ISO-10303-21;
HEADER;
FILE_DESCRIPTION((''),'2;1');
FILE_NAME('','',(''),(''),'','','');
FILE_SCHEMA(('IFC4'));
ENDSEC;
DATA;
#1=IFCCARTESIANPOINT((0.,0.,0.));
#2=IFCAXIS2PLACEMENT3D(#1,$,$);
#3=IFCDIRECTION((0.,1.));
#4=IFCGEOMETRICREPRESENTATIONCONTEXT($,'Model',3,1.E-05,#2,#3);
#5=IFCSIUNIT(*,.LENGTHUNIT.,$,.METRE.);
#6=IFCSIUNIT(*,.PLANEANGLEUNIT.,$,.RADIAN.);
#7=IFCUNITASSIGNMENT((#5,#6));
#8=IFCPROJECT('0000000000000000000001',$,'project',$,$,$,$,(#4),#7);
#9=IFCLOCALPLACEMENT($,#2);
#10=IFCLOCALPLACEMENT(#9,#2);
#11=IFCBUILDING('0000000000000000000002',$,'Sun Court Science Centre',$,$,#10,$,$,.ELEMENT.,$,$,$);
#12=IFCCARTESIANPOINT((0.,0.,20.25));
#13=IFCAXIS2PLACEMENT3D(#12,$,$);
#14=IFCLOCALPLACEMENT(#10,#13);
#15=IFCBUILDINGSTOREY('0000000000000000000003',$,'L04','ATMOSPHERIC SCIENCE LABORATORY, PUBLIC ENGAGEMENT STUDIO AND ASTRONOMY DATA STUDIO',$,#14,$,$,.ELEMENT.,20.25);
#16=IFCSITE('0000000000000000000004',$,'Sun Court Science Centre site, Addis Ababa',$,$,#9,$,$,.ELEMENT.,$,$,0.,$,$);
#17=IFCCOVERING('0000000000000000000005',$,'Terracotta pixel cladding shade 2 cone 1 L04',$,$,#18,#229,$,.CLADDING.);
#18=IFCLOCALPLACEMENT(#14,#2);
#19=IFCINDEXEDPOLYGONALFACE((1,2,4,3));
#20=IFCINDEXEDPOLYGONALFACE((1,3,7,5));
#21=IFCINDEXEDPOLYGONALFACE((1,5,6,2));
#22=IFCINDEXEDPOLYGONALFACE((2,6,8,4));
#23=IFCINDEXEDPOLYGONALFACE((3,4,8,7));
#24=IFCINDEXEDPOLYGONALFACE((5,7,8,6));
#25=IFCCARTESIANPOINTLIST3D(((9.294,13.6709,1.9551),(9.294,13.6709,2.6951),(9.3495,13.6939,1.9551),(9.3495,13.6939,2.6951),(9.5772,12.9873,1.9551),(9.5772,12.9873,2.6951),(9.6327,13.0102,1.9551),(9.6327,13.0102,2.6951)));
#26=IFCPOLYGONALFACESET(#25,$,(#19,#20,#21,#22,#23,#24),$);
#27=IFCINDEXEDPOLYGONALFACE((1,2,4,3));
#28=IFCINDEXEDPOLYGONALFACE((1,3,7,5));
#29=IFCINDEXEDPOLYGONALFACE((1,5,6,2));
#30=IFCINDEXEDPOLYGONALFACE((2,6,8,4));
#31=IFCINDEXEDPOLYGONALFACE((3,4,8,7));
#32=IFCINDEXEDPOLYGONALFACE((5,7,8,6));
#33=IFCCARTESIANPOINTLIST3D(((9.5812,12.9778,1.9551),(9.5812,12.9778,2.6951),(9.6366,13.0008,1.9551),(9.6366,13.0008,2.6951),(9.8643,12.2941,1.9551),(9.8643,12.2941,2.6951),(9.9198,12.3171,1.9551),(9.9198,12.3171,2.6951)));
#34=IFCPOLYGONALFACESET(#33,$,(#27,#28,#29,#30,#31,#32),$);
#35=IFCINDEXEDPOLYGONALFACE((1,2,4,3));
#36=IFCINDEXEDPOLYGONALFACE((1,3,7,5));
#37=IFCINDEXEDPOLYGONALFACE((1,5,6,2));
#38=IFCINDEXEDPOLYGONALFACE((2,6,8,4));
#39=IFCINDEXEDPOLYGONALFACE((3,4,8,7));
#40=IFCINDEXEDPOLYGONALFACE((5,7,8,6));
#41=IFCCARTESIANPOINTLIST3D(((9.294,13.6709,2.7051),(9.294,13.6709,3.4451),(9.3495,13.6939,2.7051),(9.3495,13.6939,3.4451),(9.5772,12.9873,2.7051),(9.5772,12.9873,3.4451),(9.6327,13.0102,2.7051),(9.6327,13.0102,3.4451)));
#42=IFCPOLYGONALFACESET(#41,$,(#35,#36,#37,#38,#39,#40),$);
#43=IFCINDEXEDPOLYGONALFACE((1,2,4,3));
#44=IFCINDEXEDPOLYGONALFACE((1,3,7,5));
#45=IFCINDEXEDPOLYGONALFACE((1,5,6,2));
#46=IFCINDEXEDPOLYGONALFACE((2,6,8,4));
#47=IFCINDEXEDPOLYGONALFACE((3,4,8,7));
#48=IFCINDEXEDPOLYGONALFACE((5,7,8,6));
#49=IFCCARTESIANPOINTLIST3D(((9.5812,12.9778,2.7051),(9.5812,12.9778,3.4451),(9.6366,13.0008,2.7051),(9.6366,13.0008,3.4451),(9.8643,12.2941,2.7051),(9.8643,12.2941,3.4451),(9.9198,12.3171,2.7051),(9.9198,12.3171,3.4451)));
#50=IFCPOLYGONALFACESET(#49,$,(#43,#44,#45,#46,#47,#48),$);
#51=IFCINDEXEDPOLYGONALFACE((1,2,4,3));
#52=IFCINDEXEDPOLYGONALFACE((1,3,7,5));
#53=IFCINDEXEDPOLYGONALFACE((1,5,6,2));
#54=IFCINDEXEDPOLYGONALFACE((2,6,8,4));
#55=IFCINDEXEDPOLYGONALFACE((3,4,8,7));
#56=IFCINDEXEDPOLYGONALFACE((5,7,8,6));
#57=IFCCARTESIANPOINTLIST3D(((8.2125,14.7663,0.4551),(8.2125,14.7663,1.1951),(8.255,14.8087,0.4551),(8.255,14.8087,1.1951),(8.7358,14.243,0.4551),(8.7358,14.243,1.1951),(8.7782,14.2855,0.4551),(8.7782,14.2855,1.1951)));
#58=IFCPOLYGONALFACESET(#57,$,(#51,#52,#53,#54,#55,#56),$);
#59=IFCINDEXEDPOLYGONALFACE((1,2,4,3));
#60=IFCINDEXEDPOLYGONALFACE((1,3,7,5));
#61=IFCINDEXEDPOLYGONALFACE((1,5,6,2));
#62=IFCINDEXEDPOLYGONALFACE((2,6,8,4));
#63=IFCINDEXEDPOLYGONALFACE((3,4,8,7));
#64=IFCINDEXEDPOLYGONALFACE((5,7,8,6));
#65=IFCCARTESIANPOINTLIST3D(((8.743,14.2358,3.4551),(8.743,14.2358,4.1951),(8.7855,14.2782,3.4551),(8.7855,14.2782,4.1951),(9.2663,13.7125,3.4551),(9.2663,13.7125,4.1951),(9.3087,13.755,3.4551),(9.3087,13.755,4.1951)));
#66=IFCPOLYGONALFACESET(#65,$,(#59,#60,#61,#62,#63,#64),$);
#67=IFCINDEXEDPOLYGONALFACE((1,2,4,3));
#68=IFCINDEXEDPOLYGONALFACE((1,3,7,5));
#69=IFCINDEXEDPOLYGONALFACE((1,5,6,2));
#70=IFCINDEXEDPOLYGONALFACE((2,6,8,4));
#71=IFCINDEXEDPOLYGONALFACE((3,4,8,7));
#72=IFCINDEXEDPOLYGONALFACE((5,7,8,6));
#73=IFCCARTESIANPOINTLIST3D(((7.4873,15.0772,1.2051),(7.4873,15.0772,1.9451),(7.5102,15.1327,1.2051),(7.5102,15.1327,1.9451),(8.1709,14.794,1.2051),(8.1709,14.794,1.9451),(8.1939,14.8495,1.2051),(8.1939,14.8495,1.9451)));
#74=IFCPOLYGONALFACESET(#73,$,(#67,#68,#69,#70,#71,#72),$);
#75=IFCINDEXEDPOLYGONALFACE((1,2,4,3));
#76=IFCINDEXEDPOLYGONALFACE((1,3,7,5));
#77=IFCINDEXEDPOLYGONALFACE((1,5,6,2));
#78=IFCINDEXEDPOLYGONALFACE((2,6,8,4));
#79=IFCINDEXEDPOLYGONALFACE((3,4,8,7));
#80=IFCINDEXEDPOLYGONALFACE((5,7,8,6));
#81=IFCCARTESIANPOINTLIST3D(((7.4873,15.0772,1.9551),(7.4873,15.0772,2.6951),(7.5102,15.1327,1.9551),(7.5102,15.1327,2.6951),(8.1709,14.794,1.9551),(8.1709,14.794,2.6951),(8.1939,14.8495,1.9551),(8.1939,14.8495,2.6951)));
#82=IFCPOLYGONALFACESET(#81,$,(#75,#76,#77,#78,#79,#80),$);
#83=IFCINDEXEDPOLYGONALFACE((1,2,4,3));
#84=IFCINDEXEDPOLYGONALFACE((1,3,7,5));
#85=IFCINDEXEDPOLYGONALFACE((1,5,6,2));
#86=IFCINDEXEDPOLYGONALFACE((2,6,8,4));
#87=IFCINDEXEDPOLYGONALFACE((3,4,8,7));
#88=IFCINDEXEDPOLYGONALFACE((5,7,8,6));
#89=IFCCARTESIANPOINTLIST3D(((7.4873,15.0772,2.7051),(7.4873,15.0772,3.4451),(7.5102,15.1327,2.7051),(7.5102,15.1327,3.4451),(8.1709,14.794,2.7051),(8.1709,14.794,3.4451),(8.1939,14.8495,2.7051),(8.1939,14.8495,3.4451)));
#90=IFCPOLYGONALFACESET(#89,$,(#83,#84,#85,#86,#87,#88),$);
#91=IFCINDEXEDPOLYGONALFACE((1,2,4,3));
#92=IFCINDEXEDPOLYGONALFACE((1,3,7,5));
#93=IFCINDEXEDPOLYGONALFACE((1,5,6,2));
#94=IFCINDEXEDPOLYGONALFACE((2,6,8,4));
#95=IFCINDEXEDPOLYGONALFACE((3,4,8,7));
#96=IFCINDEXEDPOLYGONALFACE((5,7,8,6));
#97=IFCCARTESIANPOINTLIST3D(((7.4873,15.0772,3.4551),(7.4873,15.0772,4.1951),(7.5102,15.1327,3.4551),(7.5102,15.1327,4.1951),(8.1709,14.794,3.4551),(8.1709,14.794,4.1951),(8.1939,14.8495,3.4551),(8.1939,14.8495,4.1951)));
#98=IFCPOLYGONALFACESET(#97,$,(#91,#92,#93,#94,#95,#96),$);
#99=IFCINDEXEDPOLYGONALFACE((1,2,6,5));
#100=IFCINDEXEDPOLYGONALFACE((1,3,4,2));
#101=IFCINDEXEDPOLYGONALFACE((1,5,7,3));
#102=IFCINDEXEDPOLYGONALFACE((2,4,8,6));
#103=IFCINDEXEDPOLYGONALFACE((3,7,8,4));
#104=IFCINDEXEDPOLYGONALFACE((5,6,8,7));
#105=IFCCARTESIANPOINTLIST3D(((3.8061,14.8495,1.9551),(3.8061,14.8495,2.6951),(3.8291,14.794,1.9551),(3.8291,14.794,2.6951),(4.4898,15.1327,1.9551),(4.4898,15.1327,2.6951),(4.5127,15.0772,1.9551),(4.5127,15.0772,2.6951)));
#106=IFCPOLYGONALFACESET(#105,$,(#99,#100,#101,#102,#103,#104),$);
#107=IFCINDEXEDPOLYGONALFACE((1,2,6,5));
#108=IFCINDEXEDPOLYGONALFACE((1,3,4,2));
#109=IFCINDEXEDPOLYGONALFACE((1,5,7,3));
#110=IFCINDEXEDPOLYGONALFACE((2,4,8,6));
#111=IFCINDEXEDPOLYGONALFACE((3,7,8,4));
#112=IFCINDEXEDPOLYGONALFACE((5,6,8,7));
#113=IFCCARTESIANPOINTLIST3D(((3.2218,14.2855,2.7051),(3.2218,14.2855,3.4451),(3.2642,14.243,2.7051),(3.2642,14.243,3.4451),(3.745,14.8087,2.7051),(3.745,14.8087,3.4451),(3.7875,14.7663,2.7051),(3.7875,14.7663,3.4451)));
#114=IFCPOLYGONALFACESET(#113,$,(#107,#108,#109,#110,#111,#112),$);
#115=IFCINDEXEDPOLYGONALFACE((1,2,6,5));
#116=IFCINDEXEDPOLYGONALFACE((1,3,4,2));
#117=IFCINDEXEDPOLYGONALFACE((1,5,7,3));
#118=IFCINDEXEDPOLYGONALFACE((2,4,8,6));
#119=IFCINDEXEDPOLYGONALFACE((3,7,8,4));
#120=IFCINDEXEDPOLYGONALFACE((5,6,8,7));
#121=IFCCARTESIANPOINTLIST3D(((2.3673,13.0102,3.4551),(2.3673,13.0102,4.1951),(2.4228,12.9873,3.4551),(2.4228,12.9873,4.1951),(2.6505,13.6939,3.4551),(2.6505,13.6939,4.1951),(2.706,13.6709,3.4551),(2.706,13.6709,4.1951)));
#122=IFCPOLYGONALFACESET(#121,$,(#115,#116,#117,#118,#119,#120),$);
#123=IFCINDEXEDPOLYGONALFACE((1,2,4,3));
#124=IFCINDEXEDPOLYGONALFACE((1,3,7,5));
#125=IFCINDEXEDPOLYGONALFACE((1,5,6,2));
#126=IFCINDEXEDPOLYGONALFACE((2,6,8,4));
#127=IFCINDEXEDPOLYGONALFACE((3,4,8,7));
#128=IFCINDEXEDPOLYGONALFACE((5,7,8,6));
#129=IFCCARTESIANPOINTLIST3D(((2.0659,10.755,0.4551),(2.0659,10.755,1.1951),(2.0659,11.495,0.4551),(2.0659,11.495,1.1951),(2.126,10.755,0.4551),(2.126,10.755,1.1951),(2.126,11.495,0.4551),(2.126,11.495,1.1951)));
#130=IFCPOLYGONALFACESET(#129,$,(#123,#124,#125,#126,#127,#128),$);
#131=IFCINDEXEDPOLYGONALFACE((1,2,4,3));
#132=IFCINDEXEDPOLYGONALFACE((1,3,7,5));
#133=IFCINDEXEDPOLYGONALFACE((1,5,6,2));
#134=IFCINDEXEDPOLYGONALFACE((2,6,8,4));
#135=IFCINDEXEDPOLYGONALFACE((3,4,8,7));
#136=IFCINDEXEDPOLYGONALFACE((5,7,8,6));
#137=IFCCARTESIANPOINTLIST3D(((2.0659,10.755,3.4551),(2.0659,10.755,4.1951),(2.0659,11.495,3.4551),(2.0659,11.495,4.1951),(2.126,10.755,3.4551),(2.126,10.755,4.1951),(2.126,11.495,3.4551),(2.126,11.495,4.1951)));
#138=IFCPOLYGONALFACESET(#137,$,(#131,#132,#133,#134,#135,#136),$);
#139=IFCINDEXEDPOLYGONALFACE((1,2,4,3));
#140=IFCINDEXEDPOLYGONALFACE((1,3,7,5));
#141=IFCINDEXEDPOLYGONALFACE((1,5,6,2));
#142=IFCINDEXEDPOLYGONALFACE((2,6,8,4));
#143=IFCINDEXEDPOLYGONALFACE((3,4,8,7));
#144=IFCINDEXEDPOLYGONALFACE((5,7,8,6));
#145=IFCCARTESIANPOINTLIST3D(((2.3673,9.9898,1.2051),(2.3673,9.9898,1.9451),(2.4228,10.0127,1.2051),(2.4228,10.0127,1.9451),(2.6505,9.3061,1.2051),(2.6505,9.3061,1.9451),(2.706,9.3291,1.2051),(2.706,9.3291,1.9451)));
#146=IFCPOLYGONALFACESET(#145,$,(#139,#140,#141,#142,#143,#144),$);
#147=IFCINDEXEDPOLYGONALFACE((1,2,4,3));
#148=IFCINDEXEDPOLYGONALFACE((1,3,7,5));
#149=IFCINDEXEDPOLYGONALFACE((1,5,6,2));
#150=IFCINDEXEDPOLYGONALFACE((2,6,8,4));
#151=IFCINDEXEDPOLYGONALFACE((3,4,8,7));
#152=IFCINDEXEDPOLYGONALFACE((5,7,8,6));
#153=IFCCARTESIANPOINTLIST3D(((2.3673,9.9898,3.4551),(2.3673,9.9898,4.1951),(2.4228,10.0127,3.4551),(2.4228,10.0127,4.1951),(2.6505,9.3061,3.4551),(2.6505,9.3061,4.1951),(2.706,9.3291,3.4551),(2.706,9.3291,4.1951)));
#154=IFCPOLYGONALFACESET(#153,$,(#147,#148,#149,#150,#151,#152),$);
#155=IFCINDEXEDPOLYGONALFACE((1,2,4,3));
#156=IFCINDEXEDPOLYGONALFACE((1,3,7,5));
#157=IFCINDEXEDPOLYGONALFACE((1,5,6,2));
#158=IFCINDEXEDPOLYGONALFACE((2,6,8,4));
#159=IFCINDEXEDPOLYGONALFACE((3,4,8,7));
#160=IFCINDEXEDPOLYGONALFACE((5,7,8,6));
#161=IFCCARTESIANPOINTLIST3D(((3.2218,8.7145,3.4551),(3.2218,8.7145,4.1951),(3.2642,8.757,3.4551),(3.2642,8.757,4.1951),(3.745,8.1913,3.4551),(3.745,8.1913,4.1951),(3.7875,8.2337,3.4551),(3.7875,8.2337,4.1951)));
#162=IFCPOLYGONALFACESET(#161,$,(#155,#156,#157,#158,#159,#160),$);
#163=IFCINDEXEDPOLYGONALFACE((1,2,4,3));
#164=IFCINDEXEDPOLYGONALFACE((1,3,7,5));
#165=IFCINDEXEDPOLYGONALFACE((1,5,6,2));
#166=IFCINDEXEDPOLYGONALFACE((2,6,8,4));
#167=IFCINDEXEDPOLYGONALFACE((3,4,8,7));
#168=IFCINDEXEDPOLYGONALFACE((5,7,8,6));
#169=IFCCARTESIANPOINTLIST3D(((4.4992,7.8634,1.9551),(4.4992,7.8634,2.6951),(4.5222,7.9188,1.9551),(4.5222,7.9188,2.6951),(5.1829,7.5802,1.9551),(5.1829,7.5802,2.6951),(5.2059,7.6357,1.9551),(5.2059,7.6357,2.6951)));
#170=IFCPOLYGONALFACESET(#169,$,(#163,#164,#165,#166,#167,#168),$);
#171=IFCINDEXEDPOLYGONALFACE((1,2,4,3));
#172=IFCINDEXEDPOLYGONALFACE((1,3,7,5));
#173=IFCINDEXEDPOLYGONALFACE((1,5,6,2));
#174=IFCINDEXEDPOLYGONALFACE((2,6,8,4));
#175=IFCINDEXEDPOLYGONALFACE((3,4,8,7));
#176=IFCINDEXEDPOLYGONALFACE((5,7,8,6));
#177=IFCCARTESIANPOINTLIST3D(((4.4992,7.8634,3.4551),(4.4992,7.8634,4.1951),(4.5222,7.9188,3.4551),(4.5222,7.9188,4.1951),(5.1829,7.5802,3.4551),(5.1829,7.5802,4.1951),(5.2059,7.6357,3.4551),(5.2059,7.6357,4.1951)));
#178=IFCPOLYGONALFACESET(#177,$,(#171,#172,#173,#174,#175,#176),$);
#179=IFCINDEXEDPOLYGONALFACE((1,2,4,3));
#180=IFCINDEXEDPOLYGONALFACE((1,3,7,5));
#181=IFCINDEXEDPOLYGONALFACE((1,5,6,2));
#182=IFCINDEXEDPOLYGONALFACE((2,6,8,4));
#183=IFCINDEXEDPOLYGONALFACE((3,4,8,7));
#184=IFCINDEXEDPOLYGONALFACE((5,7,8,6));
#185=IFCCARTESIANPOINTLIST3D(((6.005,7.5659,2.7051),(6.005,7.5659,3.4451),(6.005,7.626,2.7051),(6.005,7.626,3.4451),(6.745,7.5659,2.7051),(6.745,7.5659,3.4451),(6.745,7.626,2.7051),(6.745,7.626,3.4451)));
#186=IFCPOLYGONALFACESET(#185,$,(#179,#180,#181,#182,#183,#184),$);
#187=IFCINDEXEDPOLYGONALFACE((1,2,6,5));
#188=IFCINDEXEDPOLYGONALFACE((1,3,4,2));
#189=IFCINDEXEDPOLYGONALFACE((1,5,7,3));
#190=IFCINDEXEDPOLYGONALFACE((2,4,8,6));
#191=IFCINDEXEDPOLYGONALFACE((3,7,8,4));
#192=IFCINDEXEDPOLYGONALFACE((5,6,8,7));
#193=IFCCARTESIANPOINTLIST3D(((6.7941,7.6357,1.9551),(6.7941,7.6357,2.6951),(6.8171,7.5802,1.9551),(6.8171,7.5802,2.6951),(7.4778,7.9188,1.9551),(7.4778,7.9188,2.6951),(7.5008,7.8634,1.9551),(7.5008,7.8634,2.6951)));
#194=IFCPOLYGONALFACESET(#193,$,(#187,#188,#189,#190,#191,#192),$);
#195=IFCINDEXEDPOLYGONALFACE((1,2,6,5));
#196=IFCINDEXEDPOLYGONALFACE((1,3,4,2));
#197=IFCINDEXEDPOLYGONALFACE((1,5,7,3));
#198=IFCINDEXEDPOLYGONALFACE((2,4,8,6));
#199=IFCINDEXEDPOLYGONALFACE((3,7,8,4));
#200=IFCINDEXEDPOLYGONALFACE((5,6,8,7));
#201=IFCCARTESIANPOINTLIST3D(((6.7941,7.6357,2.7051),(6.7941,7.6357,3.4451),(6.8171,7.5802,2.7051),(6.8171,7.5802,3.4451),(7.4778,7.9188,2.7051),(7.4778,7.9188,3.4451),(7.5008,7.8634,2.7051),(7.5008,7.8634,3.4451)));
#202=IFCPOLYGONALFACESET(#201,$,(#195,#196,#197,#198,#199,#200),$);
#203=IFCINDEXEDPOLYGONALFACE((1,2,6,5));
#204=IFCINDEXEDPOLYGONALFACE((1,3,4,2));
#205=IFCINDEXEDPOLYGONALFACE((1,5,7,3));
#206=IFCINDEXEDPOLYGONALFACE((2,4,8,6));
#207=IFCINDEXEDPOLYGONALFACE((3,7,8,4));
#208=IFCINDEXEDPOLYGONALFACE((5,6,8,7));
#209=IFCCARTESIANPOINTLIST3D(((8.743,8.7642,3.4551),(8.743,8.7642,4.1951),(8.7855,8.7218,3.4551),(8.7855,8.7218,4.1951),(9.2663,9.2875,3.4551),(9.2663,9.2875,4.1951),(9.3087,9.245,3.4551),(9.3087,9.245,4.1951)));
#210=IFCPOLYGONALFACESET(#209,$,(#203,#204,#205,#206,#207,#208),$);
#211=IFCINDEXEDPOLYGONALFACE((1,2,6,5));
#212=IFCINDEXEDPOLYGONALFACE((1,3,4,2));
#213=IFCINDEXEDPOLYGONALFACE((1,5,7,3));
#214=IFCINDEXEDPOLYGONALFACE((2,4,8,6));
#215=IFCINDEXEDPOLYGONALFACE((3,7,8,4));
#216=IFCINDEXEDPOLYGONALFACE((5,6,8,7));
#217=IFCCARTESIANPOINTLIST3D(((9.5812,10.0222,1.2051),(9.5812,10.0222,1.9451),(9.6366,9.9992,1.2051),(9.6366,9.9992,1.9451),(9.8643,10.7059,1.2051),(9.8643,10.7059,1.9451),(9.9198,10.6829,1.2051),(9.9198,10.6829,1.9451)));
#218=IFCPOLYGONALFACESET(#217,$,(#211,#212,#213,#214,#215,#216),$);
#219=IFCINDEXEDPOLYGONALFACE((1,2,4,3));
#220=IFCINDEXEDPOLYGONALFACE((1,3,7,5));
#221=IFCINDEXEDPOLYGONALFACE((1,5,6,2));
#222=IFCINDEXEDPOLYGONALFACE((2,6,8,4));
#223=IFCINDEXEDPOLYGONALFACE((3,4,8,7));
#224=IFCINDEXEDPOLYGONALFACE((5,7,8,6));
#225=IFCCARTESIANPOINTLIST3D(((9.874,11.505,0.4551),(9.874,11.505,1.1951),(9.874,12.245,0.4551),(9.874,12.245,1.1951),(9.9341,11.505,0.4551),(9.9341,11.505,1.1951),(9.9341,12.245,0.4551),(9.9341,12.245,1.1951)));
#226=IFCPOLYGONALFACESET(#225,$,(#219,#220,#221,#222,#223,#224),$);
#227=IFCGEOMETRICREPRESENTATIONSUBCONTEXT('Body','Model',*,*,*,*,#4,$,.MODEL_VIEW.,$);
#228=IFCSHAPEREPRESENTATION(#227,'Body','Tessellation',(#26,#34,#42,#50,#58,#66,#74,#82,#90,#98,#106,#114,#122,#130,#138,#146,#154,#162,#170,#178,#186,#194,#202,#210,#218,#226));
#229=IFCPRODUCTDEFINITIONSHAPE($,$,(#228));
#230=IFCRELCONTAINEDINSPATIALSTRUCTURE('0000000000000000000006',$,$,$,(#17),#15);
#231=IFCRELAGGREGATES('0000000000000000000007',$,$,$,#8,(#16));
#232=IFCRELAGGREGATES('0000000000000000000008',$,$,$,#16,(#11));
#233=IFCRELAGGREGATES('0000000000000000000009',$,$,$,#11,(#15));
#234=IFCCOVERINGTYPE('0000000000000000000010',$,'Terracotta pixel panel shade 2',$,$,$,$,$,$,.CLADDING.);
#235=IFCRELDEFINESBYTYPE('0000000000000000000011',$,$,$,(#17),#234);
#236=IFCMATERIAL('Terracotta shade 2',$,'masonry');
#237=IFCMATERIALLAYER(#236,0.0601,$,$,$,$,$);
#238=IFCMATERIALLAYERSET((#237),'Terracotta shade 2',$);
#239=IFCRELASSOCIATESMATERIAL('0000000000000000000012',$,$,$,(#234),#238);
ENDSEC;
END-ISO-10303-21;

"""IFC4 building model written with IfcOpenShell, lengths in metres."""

from ifc_helpers import new_model, si_unit, direction, frame, origin, origin_2d, place, context, subcontext, project, spatial, rectangle, extrude, material, layer, layer_set, type_object, element, save


model = new_model("IFC4")

# Units and contexts
model_context = context("Model", 3, precision=1e-05, world=origin(), true_north=direction((0.0, 1.0)))
body_context = subcontext(model_context, "Body", "Model", "MODEL_VIEW")
ifc_project = project(units=[si_unit("LENGTHUNIT", "METRE"), si_unit("PLANEANGLEUNIT", "RADIAN")], contexts=[model_context])

# Site, building, storey
site_placement = place(None, origin())
site = spatial("IfcSite", under=ifc_project, at=site_placement, Name="Sun Court Science Centre site, Addis Ababa", CompositionType="ELEMENT", RefElevation=0.0)
building_placement = place(site_placement, origin())
building = spatial("IfcBuilding", under=site, at=building_placement, Name="Sun Court Science Centre", CompositionType="ELEMENT")
storey_placement = place(building_placement, frame((0.0, 0.0, 20.25)))
storey = spatial("IfcBuildingStorey", under=building, at=storey_placement, Name="L04", Description="ATMOSPHERIC SCIENCE LABORATORY, PUBLIC ENGAGEMENT STUDIO AND ASTRONOMY DATA STUDIO", CompositionType="ELEMENT", Elevation=20.25)

# Covering
ifc_material_1 = material(Name="Terracotta shade 2", Category="masonry")
ifc_layer_1 = layer(ifc_material_1, 0.0601)
ifc_layer_set_1 = layer_set([ifc_layer_1], Name="Terracotta shade 2")
covering_type_1 = type_object("IfcCoveringType", Name="Terracotta pixel panel shade 2", PredefinedType="CLADDING", material=ifc_layer_set_1)
covering_1_placement = place(storey_placement, frame((0.0, 0.0, -20.25)))
element("IfcCovering", 1, at=covering_1_placement, inside=storey, type_object=covering_type_1, Name="Terracotta pixel cladding shade 2 cone 1 L04", PredefinedType="CLADDING", context=body_context, shape_type="SweptSolid", body=[
    extrude(rectangle(XDim=0.74, YDim=0.0601, at=origin_2d()), frame((9.4634, 13.3406, 22.2051), z_axis=(0.0, 0.0, 1.0), x_axis=(0.382683, -0.92388, 0.0)), (0.0, 0.0, 1.0), 0.74),
    extrude(rectangle(XDim=0.74, YDim=0.0601, at=origin_2d()), frame((9.7505, 12.6475, 22.2051), z_axis=(0.0, 0.0, 1.0), x_axis=(0.382683, -0.92388, 0.0)), (0.0, 0.0, 1.0), 0.74),
    extrude(rectangle(XDim=0.74, YDim=0.0601, at=origin_2d()), frame((9.4634, 13.3406, 22.9551), z_axis=(0.0, 0.0, 1.0), x_axis=(0.382683, -0.92388, 0.0)), (0.0, 0.0, 1.0), 0.74),
    extrude(rectangle(XDim=0.74, YDim=0.0601, at=origin_2d()), frame((9.7505, 12.6475, 22.9551), z_axis=(0.0, 0.0, 1.0), x_axis=(0.382683, -0.92388, 0.0)), (0.0, 0.0, 1.0), 0.74),
    extrude(rectangle(XDim=0.74, YDim=0.0601, at=origin_2d()), frame((8.4954, 14.5259, 20.7051), z_axis=(0.0, 0.0, 1.0), x_axis=(0.707107, -0.707107, 0.0)), (0.0, 0.0, 1.0), 0.74),
    extrude(rectangle(XDim=0.74, YDim=0.0601, at=origin_2d()), frame((9.0259, 13.9954, 23.7051), z_axis=(0.0, 0.0, 1.0), x_axis=(0.707107, -0.707107, 0.0)), (0.0, 0.0, 1.0), 0.74),
    extrude(rectangle(XDim=0.74, YDim=0.0601, at=origin_2d()), frame((7.8406, 14.9634, 21.4551), z_axis=(0.0, 0.0, 1.0), x_axis=(0.92388, -0.382683, 0.0)), (0.0, 0.0, 1.0), 0.74),
    extrude(rectangle(XDim=0.74, YDim=0.0601, at=origin_2d()), frame((7.8406, 14.9634, 22.2051), z_axis=(0.0, 0.0, 1.0), x_axis=(0.92388, -0.382683, 0.0)), (0.0, 0.0, 1.0), 0.74),
    extrude(rectangle(XDim=0.74, YDim=0.0601, at=origin_2d()), frame((7.8406, 14.9634, 22.9551), z_axis=(0.0, 0.0, 1.0), x_axis=(0.92388, -0.382683, 0.0)), (0.0, 0.0, 1.0), 0.74),
    extrude(rectangle(XDim=0.74, YDim=0.0601, at=origin_2d()), frame((7.8406, 14.9634, 23.7051), z_axis=(0.0, 0.0, 1.0), x_axis=(0.92388, -0.382683, 0.0)), (0.0, 0.0, 1.0), 0.74),
    extrude(rectangle(XDim=0.74, YDim=0.0601, at=origin_2d()), frame((4.1594, 14.9634, 22.2051), z_axis=(0.0, 0.0, 1.0), x_axis=(0.92388, 0.382683, 0.0)), (0.0, 0.0, 1.0), 0.74),
    extrude(rectangle(XDim=0.74, YDim=0.0601, at=origin_2d()), frame((3.5046, 14.5259, 22.9551), z_axis=(0.0, 0.0, 1.0), x_axis=(0.707107, 0.707107, 0.0)), (0.0, 0.0, 1.0), 0.74),
    extrude(rectangle(XDim=0.74, YDim=0.0601, at=origin_2d()), frame((2.5366, 13.3406, 23.7051), z_axis=(0.0, 0.0, 1.0), x_axis=(0.382683, 0.92388, 0.0)), (0.0, 0.0, 1.0), 0.74),
    extrude(rectangle(XDim=0.74, YDim=0.0601, at=origin_2d()), frame((2.0959, 11.125, 20.7051), z_axis=(0.0, 0.0, 1.0), x_axis=(0.0, 1.0, 0.0)), (0.0, 0.0, 1.0), 0.74),
    extrude(rectangle(XDim=0.74, YDim=0.0601, at=origin_2d()), frame((2.0959, 11.125, 23.7051), z_axis=(0.0, 0.0, 1.0), x_axis=(0.0, 1.0, 0.0)), (0.0, 0.0, 1.0), 0.74),
    extrude(rectangle(XDim=0.74, YDim=0.0601, at=origin_2d()), frame((2.5366, 9.6594, 21.4551), z_axis=(0.0, 0.0, 1.0), x_axis=(-0.382683, 0.92388, 0.0)), (0.0, 0.0, 1.0), 0.74),
    extrude(rectangle(XDim=0.74, YDim=0.0601, at=origin_2d()), frame((2.5366, 9.6594, 23.7051), z_axis=(0.0, 0.0, 1.0), x_axis=(-0.382683, 0.92388, 0.0)), (0.0, 0.0, 1.0), 0.74),
    extrude(rectangle(XDim=0.74, YDim=0.0601, at=origin_2d()), frame((3.5046, 8.4741, 23.7051), z_axis=(0.0, 0.0, 1.0), x_axis=(-0.707107, 0.707107, 0.0)), (0.0, 0.0, 1.0), 0.74),
    extrude(rectangle(XDim=0.74, YDim=0.0601, at=origin_2d()), frame((4.8525, 7.7495, 22.2051), z_axis=(0.0, 0.0, 1.0), x_axis=(-0.92388, 0.382683, 0.0)), (0.0, 0.0, 1.0), 0.74),
    extrude(rectangle(XDim=0.74, YDim=0.0601, at=origin_2d()), frame((4.8525, 7.7495, 23.7051), z_axis=(0.0, 0.0, 1.0), x_axis=(-0.92388, 0.382683, 0.0)), (0.0, 0.0, 1.0), 0.74),
    extrude(rectangle(XDim=0.74, YDim=0.0601, at=origin_2d()), frame((6.375, 7.5959, 22.9551), z_axis=(0.0, 0.0, 1.0), x_axis=(-1.0, 0.0, 0.0)), (0.0, 0.0, 1.0), 0.74),
    extrude(rectangle(XDim=0.74, YDim=0.0601, at=origin_2d()), frame((7.1475, 7.7495, 22.2051), z_axis=(0.0, 0.0, 1.0), x_axis=(-0.92388, -0.382683, 0.0)), (0.0, 0.0, 1.0), 0.74),
    extrude(rectangle(XDim=0.74, YDim=0.0601, at=origin_2d()), frame((7.1475, 7.7495, 22.9551), z_axis=(0.0, 0.0, 1.0), x_axis=(-0.92388, -0.382683, 0.0)), (0.0, 0.0, 1.0), 0.74),
    extrude(rectangle(XDim=0.74, YDim=0.0601, at=origin_2d()), frame((9.0259, 9.0046, 23.7051), z_axis=(0.0, 0.0, 1.0), x_axis=(-0.707107, -0.707107, 0.0)), (0.0, 0.0, 1.0), 0.74),
    extrude(rectangle(XDim=0.74, YDim=0.0601, at=origin_2d()), frame((9.7505, 10.3525, 21.4551), z_axis=(0.0, 0.0, 1.0), x_axis=(-0.382683, -0.92388, 0.0)), (0.0, 0.0, 1.0), 0.74),
    extrude(rectangle(XDim=0.74, YDim=0.0601, at=origin_2d()), frame((9.9041, 11.875, 20.7051), z_axis=(0.0, 0.0, 1.0), x_axis=(0.0, -1.0, 0.0)), (0.0, 0.0, 1.0), 0.74),
])

save(model, "model.ifc")
